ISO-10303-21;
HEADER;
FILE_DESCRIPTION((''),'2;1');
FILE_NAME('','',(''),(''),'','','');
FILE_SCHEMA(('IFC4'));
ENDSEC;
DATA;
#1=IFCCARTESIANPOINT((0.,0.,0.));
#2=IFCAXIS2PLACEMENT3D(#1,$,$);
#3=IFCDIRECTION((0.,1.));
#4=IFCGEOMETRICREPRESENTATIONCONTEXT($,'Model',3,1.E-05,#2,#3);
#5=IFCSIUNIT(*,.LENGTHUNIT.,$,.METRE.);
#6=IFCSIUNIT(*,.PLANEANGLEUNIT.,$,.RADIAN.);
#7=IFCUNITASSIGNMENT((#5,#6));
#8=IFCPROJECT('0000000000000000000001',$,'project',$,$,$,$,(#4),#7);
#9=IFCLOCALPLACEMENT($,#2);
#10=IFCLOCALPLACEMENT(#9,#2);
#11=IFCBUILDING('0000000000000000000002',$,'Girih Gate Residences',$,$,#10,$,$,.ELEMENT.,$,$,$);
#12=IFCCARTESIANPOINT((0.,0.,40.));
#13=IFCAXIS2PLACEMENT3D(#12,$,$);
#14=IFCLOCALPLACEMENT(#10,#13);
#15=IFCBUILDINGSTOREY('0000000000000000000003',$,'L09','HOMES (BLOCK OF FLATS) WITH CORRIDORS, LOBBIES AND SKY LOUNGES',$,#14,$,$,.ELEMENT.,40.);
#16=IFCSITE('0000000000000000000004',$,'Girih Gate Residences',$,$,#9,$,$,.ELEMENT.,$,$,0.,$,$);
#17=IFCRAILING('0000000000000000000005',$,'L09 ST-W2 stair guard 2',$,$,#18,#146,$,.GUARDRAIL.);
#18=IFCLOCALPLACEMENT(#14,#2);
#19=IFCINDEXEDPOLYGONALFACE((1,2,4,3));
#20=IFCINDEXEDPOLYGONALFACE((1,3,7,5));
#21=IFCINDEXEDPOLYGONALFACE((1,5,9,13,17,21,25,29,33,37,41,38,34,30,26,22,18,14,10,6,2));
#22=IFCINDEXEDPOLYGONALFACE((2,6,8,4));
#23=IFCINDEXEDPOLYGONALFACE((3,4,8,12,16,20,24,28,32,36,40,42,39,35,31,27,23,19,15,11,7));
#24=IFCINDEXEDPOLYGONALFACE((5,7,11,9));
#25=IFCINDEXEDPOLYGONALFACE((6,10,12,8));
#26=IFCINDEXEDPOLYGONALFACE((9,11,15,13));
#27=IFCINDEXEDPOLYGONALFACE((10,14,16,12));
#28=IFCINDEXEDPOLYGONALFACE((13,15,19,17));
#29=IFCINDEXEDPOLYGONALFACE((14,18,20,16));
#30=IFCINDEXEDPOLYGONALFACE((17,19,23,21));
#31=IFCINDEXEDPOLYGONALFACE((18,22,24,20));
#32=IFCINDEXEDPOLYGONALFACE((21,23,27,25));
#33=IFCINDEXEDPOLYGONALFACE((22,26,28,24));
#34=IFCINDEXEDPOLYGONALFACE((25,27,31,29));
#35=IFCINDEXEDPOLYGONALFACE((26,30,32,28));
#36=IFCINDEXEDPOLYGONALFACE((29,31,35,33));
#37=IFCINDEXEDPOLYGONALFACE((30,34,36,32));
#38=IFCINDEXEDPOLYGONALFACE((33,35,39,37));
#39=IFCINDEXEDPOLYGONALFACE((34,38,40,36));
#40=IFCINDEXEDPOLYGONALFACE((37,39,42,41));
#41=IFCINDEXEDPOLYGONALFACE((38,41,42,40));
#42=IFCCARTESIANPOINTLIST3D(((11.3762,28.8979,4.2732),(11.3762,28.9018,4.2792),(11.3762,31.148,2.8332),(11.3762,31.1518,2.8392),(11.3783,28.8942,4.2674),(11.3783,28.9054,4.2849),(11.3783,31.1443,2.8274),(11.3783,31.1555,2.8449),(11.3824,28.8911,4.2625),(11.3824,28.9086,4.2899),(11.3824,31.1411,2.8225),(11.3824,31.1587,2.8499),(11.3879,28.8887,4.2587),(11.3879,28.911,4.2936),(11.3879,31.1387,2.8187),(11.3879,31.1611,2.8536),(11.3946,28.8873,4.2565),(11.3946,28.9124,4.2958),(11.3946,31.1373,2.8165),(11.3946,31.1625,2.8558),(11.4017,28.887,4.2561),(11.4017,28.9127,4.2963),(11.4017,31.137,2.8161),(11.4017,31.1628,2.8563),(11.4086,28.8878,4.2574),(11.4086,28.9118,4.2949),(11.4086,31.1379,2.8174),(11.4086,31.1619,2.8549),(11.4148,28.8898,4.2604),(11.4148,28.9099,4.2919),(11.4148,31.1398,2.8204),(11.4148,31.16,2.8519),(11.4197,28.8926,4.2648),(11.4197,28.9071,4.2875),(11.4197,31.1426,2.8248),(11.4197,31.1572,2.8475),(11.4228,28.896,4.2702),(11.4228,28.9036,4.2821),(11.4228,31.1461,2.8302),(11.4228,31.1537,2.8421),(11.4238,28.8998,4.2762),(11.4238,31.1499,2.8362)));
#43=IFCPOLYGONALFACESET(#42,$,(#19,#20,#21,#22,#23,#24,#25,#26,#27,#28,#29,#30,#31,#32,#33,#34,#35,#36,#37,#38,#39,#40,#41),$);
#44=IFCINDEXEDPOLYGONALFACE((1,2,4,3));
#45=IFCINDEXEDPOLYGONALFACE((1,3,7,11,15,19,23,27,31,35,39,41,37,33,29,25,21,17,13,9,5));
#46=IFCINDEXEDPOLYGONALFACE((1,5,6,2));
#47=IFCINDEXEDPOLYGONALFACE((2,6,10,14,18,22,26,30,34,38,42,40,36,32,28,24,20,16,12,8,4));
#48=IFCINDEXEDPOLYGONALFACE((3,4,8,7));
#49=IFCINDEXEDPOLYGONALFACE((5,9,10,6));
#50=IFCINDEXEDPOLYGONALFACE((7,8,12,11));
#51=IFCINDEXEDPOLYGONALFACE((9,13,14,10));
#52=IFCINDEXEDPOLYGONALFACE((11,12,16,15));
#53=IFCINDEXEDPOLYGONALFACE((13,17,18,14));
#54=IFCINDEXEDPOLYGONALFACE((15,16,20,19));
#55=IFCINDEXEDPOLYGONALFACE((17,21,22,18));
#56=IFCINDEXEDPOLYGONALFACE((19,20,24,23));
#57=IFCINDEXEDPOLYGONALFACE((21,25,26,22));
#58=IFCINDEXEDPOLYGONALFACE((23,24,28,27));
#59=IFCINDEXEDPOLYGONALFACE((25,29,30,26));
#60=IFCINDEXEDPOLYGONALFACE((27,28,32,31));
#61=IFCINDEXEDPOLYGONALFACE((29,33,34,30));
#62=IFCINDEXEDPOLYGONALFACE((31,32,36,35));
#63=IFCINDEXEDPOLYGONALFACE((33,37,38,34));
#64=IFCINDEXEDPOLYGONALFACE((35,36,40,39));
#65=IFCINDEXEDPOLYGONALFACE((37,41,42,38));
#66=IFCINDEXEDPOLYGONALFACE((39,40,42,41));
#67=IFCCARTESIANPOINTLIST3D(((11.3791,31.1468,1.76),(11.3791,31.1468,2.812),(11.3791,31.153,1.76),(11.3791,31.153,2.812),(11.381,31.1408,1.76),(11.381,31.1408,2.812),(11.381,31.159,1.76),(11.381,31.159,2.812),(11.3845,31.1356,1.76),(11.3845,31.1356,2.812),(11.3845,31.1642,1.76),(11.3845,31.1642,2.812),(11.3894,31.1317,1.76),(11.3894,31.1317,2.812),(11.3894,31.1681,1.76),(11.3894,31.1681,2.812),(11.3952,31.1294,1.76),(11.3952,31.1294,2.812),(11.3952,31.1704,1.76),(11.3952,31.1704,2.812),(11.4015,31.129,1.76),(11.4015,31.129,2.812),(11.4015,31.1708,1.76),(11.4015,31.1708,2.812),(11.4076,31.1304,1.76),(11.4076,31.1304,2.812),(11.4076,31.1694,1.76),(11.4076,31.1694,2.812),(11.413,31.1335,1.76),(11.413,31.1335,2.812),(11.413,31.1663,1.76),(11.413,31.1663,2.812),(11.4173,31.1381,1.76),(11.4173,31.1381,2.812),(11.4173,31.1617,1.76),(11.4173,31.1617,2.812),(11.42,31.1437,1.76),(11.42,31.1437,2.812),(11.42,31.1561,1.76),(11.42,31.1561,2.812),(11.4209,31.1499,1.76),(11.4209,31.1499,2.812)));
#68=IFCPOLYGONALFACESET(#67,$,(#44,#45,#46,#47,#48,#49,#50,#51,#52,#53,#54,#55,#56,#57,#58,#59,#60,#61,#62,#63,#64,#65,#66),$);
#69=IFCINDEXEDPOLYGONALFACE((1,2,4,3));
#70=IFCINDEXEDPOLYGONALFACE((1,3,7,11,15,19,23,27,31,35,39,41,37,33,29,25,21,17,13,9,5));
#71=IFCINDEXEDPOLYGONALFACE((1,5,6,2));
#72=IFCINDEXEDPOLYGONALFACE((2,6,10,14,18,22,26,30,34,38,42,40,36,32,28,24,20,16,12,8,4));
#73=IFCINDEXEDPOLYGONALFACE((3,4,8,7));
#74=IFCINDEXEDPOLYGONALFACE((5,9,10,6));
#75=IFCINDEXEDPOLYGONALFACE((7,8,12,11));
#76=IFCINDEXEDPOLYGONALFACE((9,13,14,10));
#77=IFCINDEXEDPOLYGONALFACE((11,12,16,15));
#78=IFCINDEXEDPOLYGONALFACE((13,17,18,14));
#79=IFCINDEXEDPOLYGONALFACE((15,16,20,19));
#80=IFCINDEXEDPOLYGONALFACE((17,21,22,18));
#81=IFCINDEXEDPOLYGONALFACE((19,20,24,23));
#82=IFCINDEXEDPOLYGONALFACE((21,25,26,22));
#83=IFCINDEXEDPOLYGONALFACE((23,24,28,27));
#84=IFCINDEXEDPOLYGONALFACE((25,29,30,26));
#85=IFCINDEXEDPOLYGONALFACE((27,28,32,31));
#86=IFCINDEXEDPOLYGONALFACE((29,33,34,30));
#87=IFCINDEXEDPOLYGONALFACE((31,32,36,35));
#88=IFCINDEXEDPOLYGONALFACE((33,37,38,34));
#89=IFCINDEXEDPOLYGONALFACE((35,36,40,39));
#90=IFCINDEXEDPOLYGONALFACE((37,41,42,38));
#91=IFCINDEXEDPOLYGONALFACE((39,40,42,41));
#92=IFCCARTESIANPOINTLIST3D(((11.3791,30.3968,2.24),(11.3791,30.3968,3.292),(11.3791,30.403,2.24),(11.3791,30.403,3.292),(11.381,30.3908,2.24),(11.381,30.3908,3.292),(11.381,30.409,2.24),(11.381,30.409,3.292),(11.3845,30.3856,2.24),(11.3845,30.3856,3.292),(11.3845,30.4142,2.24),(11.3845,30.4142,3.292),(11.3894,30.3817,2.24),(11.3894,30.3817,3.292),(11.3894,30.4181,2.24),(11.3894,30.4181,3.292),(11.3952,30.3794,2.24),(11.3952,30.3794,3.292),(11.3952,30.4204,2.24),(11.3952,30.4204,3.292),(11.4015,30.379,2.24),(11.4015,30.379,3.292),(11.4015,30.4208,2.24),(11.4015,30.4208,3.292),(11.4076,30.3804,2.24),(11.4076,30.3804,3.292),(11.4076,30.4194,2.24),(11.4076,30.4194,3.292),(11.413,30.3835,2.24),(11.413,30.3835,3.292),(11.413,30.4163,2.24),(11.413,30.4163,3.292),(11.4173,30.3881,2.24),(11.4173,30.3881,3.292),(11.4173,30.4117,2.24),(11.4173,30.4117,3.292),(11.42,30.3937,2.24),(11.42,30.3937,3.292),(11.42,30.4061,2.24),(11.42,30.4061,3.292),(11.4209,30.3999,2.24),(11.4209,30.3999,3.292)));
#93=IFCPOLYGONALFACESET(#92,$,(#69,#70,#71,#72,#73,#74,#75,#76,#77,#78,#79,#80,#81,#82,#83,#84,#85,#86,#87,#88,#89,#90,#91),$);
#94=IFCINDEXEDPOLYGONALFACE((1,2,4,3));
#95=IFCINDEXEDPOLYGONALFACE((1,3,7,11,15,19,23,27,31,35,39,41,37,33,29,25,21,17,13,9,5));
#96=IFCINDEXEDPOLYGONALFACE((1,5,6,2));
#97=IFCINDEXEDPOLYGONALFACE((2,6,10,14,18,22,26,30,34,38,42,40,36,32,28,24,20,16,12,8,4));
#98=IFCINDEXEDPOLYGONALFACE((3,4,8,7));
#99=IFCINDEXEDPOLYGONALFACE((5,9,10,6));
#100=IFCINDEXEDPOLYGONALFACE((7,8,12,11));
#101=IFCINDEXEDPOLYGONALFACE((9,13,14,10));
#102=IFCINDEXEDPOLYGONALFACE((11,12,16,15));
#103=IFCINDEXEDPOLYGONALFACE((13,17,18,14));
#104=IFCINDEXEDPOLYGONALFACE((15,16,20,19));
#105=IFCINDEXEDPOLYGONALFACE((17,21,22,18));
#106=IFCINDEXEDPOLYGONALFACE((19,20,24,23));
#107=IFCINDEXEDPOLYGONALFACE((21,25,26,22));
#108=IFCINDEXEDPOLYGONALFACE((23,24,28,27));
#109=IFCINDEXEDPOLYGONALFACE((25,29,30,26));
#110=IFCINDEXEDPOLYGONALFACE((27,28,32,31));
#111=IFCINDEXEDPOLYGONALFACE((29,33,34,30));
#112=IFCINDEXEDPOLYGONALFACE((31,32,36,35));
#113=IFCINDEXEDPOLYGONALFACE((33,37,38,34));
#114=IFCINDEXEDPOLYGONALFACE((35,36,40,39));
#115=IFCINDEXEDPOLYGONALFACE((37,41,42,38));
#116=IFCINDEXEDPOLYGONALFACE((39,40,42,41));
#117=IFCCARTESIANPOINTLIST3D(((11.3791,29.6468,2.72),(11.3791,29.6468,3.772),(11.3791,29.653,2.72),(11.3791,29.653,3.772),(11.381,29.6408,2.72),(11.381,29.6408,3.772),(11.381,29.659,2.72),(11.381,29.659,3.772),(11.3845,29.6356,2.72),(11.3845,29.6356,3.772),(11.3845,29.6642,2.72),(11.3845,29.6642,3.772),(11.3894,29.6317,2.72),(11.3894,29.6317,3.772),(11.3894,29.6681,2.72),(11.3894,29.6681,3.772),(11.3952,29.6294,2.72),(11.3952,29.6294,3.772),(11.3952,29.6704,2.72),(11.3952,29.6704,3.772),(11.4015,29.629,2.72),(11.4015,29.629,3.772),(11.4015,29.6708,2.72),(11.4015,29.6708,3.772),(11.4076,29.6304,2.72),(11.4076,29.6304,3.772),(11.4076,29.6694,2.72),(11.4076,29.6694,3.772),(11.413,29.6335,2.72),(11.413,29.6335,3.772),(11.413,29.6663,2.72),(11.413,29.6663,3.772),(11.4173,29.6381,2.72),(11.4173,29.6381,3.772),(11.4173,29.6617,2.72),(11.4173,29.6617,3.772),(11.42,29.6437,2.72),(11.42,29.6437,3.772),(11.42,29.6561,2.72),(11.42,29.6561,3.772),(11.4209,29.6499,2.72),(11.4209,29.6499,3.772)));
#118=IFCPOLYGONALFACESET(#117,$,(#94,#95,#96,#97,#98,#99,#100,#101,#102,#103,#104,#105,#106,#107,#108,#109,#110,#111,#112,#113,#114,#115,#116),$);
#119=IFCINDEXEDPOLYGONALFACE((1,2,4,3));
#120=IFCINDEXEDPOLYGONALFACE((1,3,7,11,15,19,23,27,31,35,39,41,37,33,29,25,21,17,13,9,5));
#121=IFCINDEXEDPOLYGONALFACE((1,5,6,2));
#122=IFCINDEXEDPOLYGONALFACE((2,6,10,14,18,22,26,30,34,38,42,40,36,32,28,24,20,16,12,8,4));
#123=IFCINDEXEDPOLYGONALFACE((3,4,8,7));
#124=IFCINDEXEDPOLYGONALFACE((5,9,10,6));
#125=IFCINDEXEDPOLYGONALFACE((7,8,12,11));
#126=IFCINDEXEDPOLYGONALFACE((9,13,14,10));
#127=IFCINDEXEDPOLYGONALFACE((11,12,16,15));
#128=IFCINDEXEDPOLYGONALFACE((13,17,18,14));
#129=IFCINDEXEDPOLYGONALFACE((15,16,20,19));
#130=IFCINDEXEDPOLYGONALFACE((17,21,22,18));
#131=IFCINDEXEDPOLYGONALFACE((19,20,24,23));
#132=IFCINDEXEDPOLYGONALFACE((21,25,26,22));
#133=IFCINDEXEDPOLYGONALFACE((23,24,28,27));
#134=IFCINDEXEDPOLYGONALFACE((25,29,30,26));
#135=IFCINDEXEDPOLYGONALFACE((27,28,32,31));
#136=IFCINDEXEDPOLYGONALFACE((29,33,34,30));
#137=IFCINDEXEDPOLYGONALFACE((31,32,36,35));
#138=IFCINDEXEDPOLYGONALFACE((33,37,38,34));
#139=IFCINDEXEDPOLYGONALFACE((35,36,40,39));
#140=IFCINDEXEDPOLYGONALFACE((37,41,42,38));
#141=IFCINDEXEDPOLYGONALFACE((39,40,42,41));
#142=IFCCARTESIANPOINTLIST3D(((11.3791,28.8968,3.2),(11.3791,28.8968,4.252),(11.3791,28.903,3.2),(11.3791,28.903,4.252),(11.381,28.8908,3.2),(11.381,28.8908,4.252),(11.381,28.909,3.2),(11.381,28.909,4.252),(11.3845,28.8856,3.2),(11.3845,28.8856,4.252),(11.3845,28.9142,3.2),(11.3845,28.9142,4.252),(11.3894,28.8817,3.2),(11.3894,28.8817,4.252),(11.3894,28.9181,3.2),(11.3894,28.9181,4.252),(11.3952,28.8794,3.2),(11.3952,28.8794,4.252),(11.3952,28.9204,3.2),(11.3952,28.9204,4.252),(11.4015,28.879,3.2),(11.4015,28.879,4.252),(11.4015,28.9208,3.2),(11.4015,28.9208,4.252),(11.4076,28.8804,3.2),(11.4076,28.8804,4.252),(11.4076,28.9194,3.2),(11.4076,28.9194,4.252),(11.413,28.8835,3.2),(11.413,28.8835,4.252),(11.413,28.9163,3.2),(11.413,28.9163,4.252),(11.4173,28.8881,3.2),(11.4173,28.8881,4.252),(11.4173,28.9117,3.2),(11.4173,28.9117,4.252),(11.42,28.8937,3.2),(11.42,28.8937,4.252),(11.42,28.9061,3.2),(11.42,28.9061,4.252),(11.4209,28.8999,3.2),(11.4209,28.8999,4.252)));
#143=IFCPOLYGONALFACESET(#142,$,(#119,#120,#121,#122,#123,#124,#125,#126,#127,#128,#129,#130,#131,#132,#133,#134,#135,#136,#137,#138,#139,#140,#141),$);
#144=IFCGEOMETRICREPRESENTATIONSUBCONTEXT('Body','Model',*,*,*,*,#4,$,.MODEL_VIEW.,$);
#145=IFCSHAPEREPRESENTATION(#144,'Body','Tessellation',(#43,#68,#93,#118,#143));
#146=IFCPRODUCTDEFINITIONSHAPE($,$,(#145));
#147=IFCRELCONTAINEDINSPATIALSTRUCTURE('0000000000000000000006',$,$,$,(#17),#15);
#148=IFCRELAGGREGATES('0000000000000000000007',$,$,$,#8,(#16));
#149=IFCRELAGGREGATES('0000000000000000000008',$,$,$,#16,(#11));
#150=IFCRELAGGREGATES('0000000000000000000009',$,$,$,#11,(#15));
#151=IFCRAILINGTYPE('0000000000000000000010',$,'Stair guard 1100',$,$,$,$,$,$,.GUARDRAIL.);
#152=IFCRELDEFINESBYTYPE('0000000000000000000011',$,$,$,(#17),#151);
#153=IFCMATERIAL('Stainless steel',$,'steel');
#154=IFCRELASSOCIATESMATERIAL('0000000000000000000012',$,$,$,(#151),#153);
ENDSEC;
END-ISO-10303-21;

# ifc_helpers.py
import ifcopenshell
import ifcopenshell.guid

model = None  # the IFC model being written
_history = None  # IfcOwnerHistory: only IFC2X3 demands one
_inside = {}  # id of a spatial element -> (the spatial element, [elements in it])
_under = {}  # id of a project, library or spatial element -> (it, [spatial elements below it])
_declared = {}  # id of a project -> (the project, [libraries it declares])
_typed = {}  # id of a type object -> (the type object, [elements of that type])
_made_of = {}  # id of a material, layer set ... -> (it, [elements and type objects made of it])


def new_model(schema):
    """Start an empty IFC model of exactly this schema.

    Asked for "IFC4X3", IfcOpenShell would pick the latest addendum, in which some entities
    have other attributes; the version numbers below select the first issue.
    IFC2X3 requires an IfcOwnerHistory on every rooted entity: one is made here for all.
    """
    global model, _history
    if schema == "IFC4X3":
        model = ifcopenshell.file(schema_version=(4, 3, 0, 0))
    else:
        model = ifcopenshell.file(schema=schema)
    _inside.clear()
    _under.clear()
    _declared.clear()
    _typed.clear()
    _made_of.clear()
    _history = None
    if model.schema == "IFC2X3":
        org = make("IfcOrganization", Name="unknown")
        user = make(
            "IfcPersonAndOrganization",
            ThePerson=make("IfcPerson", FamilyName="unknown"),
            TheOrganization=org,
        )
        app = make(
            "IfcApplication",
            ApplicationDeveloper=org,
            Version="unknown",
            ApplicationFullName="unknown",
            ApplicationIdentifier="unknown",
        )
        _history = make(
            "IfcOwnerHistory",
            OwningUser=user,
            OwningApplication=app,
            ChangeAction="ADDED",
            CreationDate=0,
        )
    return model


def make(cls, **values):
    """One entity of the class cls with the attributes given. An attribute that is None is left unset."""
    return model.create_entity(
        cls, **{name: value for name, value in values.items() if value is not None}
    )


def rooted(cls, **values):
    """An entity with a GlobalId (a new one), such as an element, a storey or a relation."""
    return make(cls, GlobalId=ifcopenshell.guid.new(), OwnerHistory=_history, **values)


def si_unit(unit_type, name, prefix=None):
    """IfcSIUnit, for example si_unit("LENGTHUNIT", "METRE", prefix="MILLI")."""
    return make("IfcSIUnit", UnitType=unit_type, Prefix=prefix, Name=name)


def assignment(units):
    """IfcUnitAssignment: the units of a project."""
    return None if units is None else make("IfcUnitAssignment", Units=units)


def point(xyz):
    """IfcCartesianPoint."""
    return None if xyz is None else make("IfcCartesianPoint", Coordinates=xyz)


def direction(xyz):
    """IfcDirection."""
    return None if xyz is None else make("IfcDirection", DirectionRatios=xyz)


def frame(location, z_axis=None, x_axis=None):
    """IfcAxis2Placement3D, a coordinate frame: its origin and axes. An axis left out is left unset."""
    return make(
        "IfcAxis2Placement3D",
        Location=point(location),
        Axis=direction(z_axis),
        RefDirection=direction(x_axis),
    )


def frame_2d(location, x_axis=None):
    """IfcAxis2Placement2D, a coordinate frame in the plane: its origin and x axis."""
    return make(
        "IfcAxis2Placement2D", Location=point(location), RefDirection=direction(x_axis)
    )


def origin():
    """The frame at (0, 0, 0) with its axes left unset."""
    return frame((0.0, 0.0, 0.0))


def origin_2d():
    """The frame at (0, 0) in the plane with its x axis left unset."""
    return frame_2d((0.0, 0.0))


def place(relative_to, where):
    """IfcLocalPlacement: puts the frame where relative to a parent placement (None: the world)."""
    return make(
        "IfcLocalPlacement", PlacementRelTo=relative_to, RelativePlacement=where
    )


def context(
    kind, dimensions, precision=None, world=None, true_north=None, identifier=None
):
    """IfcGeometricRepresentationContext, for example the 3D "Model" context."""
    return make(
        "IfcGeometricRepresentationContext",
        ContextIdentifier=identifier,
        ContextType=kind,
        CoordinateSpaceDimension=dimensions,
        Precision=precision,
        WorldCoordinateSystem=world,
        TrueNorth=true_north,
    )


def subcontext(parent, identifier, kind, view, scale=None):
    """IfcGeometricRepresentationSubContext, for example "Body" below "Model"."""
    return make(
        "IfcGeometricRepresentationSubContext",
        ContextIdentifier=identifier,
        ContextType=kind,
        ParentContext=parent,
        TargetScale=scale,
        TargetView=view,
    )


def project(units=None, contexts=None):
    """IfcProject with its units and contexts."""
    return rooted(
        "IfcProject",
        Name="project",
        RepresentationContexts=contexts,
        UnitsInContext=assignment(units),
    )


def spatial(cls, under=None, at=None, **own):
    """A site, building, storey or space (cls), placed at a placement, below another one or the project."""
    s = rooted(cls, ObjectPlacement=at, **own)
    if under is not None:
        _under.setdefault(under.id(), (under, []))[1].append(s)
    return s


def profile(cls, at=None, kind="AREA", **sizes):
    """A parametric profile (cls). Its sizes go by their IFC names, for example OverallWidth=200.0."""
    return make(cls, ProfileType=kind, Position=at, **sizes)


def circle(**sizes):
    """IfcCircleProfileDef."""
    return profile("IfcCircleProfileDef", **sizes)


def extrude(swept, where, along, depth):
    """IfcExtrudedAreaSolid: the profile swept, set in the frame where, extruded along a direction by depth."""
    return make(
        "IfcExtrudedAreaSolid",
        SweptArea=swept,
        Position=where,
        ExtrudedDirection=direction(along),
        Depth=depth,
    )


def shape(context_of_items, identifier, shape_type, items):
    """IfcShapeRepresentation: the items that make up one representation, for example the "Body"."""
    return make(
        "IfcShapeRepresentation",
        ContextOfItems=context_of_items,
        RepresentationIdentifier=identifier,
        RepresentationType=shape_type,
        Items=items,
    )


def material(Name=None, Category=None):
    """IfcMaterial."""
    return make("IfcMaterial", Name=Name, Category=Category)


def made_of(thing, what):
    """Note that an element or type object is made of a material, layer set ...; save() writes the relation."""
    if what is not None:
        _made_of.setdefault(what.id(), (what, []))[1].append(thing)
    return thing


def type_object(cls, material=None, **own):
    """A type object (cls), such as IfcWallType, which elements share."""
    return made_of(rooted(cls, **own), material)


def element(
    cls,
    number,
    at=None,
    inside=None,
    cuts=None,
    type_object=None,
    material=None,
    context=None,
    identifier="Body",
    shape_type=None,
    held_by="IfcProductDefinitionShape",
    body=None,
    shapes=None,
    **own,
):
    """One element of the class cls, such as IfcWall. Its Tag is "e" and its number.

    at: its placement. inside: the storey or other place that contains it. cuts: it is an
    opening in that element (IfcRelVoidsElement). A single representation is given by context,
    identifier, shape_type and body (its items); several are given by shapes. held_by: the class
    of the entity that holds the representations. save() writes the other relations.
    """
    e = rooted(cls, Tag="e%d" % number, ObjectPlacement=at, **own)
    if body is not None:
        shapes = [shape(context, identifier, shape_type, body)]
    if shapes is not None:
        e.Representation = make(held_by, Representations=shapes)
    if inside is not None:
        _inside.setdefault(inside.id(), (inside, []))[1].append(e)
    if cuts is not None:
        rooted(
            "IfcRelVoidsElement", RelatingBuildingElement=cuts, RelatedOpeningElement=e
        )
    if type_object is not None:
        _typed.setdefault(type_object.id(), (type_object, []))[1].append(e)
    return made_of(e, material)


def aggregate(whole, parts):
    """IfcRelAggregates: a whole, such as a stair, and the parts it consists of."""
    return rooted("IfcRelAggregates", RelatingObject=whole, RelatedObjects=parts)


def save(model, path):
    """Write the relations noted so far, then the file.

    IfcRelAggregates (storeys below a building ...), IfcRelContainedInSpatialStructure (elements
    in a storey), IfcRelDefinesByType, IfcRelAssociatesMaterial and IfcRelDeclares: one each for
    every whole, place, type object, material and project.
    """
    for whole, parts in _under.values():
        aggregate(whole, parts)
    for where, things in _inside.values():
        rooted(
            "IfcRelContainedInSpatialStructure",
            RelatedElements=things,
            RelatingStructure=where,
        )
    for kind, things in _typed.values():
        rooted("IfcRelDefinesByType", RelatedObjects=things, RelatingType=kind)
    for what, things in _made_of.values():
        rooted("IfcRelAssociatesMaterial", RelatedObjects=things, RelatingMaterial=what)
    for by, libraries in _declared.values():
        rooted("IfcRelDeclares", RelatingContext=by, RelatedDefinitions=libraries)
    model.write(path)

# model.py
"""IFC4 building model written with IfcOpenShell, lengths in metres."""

from ifc_helpers import new_model, si_unit, direction, frame, origin, origin_2d, place, context, subcontext, project, spatial, circle, extrude, material, type_object, element, save


model = new_model("IFC4")

# Units and contexts
model_context = context("Model", 3, precision=1e-05, world=origin(), true_north=direction((0.0, 1.0)))
body_context = subcontext(model_context, "Body", "Model", "MODEL_VIEW")
ifc_project = project(units=[si_unit("LENGTHUNIT", "METRE"), si_unit("PLANEANGLEUNIT", "RADIAN")], contexts=[model_context])

# Site, building, storey
site_placement = place(None, origin())
site = spatial("IfcSite", under=ifc_project, at=site_placement, Name="Girih Gate Residences", CompositionType="ELEMENT", RefElevation=0.0)
building_placement = place(site_placement, origin())
building = spatial("IfcBuilding", under=site, at=building_placement, Name="Girih Gate Residences", CompositionType="ELEMENT")
storey_placement = place(building_placement, frame((0.0, 0.0, 40.0)))
storey = spatial("IfcBuildingStorey", under=building, at=storey_placement, Name="L09", Description="HOMES (BLOCK OF FLATS) WITH CORRIDORS, LOBBIES AND SKY LOUNGES", CompositionType="ELEMENT", Elevation=40.0)

# Railing
ifc_material_1 = material(Name="Stainless steel", Category="steel")
railing_type_1 = type_object("IfcRailingType", Name="Stair guard 1100", PredefinedType="GUARDRAIL", material=ifc_material_1)
railing_1_placement = place(storey_placement, frame((11.3999, 31.1499, 1.76)))
element("IfcRailing", 1, at=railing_1_placement, inside=storey, type_object=railing_type_1, Name="L09 ST-W2 stair guard 2", PredefinedType="GUARDRAIL", context=body_context, shape_type="SweptSolid", body=[
    extrude(circle(Radius=0.0239, at=origin_2d()), frame((0.0, 0.0, 1.0762), z_axis=(0.0, -0.842281, 0.539038), x_axis=(1.0, 0.0, 0.0)), (0.0, 0.0, 1.0), 2.6714),
    extrude(circle(Radius=0.021, at=origin_2d()), origin(), (0.0, 0.0, 1.0), 1.052),
    extrude(circle(Radius=0.021, at=origin_2d()), frame((0.0, -0.75, 0.48)), (0.0, 0.0, 1.0), 1.052),
    extrude(circle(Radius=0.021, at=origin_2d()), frame((0.0, -1.5, 0.96)), (0.0, 0.0, 1.0), 1.052),
    extrude(circle(Radius=0.021, at=origin_2d()), frame((0.0, -2.25, 1.4399)), (0.0, 0.0, 1.0), 1.052),
])

save(model, "model.ifc")
